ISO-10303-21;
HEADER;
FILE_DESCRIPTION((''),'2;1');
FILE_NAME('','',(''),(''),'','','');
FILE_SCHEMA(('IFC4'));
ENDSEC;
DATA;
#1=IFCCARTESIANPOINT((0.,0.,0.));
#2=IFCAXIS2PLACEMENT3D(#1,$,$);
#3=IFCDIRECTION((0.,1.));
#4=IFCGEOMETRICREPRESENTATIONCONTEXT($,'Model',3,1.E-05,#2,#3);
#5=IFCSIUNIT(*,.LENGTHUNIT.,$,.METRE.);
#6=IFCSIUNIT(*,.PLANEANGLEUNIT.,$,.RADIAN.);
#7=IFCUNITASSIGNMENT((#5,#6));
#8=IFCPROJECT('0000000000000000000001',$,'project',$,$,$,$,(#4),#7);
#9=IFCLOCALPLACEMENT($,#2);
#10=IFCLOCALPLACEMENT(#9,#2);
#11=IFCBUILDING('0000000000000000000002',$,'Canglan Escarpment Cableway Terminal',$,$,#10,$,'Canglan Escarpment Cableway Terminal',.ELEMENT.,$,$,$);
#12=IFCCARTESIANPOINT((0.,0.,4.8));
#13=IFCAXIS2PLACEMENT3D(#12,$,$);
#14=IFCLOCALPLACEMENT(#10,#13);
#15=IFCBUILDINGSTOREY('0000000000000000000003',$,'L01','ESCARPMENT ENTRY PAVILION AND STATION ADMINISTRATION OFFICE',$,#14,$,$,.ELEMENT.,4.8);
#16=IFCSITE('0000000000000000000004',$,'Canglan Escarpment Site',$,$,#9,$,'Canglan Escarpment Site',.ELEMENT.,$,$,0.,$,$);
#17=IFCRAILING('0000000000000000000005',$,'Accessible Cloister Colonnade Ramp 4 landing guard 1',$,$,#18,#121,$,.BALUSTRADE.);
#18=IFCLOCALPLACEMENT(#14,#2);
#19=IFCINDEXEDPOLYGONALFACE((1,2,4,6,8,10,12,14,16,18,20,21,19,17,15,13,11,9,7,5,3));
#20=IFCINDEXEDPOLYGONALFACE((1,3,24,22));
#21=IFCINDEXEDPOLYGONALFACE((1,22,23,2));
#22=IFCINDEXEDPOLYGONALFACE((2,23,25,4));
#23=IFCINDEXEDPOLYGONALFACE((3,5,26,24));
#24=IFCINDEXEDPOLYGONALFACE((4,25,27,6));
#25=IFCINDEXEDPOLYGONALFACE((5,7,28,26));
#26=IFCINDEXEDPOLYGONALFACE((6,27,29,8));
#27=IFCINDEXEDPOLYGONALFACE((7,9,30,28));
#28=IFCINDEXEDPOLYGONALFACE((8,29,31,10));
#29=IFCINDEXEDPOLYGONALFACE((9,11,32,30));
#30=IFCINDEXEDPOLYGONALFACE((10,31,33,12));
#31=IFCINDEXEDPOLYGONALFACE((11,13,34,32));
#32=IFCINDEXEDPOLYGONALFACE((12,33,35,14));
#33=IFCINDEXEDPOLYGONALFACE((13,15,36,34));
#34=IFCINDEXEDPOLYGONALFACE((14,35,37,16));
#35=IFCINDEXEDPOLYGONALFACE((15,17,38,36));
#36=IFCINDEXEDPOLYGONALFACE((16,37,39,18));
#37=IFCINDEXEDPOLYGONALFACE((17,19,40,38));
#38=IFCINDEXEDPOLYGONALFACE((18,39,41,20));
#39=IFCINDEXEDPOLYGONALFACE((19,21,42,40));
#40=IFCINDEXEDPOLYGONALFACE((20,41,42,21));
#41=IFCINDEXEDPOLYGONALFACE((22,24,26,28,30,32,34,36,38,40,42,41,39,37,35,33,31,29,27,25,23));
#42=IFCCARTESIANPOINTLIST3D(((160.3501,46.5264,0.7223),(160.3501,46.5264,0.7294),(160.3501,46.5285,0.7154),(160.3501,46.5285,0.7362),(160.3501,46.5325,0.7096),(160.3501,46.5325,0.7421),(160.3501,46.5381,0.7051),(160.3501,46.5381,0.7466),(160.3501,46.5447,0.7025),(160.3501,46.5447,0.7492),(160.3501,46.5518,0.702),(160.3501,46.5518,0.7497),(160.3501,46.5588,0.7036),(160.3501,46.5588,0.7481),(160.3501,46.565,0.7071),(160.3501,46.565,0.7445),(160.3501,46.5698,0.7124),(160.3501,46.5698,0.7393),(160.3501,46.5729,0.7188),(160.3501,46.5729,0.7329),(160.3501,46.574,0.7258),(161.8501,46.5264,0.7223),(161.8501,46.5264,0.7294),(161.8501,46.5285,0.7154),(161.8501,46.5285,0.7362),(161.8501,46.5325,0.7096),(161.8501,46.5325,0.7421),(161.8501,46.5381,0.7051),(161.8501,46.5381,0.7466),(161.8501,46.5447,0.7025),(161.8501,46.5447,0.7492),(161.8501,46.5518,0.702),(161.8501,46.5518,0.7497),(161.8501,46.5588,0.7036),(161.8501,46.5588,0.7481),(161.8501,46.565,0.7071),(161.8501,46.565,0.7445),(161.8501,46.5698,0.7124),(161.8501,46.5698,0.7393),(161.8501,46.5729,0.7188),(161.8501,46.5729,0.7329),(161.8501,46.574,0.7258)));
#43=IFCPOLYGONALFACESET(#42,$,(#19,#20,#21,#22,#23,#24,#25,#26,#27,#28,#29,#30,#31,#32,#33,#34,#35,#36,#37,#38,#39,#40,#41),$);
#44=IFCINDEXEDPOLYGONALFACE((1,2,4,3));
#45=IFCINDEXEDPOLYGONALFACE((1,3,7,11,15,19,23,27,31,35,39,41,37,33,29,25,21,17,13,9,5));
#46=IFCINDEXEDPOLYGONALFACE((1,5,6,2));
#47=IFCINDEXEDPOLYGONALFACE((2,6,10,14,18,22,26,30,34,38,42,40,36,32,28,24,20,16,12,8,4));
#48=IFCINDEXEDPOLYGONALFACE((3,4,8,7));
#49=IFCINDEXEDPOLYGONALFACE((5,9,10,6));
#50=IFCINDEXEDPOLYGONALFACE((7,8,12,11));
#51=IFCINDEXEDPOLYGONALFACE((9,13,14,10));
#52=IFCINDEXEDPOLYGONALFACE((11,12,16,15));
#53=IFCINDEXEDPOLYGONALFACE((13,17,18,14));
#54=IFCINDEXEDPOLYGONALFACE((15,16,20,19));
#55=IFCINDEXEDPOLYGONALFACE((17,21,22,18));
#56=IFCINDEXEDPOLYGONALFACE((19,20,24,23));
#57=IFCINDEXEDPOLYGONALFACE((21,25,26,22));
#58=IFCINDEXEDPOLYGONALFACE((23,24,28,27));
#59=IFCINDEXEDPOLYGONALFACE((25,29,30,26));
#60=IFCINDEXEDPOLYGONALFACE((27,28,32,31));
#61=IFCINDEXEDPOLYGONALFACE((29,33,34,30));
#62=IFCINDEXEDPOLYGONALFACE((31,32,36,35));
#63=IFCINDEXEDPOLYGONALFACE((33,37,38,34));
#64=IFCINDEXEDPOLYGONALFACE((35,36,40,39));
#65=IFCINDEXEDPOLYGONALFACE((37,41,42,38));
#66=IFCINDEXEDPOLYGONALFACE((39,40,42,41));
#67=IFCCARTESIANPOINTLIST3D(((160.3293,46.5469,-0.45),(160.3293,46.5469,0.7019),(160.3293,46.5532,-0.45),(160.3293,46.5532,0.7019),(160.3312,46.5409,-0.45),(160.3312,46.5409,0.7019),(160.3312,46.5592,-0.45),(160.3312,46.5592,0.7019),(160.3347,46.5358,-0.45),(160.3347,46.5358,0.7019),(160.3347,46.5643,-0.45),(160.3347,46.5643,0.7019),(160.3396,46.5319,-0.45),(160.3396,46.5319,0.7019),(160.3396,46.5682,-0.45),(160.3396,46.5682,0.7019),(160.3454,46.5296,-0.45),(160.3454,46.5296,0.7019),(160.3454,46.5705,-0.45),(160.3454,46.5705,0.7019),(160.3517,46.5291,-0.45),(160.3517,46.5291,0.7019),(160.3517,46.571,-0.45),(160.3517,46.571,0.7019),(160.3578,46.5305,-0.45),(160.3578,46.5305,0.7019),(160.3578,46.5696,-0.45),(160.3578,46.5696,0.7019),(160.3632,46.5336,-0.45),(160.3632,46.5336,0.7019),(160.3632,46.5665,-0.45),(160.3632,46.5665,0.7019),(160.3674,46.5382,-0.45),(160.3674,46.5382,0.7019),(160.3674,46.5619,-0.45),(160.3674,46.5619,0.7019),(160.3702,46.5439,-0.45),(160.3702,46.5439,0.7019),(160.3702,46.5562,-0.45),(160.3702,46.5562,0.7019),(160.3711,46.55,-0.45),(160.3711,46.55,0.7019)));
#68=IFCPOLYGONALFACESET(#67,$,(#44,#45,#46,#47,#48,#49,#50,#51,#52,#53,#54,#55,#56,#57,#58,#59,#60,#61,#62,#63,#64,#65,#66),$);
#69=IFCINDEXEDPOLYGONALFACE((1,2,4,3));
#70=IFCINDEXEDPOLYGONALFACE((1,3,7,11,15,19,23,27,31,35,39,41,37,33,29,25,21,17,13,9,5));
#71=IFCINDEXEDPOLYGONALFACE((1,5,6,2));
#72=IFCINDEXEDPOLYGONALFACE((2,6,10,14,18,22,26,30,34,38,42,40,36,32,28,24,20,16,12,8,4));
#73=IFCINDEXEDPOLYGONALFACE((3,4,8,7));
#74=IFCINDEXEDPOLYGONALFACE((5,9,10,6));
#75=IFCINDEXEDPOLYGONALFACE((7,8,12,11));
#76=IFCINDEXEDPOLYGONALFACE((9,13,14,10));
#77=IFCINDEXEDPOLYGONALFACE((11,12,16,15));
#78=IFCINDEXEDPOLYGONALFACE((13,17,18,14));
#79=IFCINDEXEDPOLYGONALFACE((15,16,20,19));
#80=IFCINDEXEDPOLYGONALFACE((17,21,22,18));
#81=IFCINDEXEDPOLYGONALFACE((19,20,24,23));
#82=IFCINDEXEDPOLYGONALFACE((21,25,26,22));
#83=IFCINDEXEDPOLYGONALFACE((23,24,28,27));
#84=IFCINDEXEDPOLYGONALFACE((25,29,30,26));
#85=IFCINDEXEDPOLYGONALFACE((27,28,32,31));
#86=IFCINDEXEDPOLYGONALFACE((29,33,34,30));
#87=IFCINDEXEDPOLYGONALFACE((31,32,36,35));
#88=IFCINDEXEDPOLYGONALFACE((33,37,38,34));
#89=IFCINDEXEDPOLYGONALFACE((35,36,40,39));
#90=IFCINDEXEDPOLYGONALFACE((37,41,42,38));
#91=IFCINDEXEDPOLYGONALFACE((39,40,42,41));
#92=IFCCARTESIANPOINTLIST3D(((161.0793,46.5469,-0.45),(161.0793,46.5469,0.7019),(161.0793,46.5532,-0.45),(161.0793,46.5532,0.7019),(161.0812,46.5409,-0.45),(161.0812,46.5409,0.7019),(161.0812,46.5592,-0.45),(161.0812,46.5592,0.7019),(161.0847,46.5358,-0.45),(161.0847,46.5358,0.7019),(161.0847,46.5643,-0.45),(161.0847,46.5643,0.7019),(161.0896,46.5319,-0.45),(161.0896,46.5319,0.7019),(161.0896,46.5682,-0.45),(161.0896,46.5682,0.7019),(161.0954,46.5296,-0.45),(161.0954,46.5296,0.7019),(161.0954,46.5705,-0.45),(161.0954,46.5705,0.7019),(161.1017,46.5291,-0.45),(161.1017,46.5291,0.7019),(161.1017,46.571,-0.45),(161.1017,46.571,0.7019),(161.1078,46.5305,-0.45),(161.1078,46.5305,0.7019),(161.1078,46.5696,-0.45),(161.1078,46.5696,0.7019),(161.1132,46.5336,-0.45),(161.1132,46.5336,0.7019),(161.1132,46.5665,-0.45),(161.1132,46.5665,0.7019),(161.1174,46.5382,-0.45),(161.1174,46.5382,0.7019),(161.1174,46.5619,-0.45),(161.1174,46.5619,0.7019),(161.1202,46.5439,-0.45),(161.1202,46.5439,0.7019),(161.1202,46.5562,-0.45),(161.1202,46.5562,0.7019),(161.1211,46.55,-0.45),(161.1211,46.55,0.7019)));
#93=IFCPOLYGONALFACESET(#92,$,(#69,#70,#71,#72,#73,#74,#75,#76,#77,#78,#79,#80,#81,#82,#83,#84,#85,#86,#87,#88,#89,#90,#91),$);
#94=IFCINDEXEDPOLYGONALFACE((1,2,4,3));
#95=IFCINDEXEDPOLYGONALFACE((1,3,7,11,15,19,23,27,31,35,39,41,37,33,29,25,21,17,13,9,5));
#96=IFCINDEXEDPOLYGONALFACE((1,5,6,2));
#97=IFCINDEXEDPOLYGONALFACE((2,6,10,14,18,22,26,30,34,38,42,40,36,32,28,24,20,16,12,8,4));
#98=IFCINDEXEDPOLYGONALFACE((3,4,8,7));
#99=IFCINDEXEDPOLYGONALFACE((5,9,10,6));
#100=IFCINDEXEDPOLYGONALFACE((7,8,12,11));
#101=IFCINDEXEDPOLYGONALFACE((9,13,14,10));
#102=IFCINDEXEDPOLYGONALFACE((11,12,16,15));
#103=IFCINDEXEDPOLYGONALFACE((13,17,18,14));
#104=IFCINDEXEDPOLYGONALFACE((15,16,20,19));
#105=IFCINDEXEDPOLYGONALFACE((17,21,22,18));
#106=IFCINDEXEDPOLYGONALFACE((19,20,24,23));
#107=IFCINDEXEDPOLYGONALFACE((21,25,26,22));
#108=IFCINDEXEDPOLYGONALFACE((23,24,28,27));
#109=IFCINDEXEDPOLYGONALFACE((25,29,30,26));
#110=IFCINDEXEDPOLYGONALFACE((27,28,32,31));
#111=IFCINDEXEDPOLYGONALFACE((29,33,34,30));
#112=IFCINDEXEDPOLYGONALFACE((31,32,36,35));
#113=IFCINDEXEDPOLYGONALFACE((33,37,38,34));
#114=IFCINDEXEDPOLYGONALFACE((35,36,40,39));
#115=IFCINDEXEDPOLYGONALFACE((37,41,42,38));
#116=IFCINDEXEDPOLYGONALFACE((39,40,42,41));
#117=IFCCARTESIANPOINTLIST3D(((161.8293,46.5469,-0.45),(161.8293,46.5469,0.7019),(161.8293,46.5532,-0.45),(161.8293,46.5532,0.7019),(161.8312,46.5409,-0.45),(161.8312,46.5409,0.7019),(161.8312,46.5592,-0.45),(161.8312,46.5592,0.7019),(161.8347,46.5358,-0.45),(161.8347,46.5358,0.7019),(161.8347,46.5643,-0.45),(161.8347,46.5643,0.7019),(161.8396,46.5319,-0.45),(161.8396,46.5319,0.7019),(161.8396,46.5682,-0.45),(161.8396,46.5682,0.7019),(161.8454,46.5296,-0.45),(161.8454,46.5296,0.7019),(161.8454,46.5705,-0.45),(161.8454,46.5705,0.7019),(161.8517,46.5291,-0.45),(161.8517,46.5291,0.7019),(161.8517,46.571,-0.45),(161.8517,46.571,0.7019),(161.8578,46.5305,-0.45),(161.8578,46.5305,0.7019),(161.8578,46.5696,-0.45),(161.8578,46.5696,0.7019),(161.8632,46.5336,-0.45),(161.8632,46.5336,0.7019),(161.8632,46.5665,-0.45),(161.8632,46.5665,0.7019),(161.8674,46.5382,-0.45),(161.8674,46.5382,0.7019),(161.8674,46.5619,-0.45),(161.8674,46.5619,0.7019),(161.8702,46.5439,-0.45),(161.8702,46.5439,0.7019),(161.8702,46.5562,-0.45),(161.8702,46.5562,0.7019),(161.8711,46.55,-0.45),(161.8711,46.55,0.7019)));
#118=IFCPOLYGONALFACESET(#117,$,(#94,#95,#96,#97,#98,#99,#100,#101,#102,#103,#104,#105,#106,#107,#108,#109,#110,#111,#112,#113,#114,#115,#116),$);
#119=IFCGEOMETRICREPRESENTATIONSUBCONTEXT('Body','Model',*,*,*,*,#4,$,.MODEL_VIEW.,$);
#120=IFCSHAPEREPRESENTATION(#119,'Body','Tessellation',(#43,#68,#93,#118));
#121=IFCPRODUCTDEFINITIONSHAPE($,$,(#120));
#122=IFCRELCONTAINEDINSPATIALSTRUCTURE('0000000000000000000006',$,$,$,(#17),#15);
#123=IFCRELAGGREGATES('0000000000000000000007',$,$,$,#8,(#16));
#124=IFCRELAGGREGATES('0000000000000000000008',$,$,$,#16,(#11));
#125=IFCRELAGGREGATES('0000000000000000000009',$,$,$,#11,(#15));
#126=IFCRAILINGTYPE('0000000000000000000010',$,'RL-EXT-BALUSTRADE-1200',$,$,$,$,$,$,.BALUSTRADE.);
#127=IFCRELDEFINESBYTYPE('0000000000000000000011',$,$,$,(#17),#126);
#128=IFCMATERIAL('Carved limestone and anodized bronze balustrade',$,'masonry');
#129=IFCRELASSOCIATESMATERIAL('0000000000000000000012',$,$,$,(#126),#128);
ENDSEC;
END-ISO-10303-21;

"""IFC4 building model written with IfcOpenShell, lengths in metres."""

from ifc_helpers import new_model, si_unit, direction, frame, origin, origin_2d, place, context, subcontext, project, spatial, circle, extrude, material, type_object, element, save


model = new_model("IFC4")

# Units and contexts
model_context = context("Model", 3, precision=1e-05, world=origin(), true_north=direction((0.0, 1.0)))
body_context = subcontext(model_context, "Body", "Model", "MODEL_VIEW")
ifc_project = project(units=[si_unit("LENGTHUNIT", "METRE"), si_unit("PLANEANGLEUNIT", "RADIAN")], contexts=[model_context])

# Site, building, storey
site_placement = place(None, origin())
site = spatial("IfcSite", under=ifc_project, at=site_placement, Name="Canglan Escarpment Site", LongName="Canglan Escarpment Site", CompositionType="ELEMENT", RefElevation=0.0)
building_placement = place(site_placement, origin())
building = spatial("IfcBuilding", under=site, at=building_placement, Name="Canglan Escarpment Cableway Terminal", LongName="Canglan Escarpment Cableway Terminal", CompositionType="ELEMENT")
storey_placement = place(building_placement, frame((0.0, 0.0, 4.8)))
storey = spatial("IfcBuildingStorey", under=building, at=storey_placement, Name="L01", Description="ESCARPMENT ENTRY PAVILION AND STATION ADMINISTRATION OFFICE", CompositionType="ELEMENT", Elevation=4.8)

# Railing
ifc_material_1 = material(Name="Carved limestone and anodized bronze balustrade", Category="masonry")
railing_type_1 = type_object("IfcRailingType", Name="RL-EXT-BALUSTRADE-1200", PredefinedType="BALUSTRADE", material=ifc_material_1)
railing_1_placement = place(storey_placement, frame((160.3501, 46.55, -0.45)))
element("IfcRailing", 1, at=railing_1_placement, inside=storey, type_object=railing_type_1, Name="Accessible Cloister Colonnade Ramp 4 landing guard 1", PredefinedType="BALUSTRADE", context=body_context, shape_type="SweptSolid", body=[
    extrude(circle(Radius=0.0239, at=origin_2d()), frame((0.0, 0.0, 1.1758), z_axis=(1.0, 0.0, 0.0), x_axis=(0.0, 1.0, 0.0)), (0.0, 0.0, 1.0), 1.5),
    extrude(circle(Radius=0.021, at=origin_2d()), origin(), (0.0, 0.0, 1.0), 1.1519),
    extrude(circle(Radius=0.021, at=origin_2d()), frame((0.75, 0.0, 0.0)), (0.0, 0.0, 1.0), 1.1519),
    extrude(circle(Radius=0.021, at=origin_2d()), frame((1.5, 0.0, 0.0)), (0.0, 0.0, 1.0), 1.1519),
])

save(model, "model.ifc")
